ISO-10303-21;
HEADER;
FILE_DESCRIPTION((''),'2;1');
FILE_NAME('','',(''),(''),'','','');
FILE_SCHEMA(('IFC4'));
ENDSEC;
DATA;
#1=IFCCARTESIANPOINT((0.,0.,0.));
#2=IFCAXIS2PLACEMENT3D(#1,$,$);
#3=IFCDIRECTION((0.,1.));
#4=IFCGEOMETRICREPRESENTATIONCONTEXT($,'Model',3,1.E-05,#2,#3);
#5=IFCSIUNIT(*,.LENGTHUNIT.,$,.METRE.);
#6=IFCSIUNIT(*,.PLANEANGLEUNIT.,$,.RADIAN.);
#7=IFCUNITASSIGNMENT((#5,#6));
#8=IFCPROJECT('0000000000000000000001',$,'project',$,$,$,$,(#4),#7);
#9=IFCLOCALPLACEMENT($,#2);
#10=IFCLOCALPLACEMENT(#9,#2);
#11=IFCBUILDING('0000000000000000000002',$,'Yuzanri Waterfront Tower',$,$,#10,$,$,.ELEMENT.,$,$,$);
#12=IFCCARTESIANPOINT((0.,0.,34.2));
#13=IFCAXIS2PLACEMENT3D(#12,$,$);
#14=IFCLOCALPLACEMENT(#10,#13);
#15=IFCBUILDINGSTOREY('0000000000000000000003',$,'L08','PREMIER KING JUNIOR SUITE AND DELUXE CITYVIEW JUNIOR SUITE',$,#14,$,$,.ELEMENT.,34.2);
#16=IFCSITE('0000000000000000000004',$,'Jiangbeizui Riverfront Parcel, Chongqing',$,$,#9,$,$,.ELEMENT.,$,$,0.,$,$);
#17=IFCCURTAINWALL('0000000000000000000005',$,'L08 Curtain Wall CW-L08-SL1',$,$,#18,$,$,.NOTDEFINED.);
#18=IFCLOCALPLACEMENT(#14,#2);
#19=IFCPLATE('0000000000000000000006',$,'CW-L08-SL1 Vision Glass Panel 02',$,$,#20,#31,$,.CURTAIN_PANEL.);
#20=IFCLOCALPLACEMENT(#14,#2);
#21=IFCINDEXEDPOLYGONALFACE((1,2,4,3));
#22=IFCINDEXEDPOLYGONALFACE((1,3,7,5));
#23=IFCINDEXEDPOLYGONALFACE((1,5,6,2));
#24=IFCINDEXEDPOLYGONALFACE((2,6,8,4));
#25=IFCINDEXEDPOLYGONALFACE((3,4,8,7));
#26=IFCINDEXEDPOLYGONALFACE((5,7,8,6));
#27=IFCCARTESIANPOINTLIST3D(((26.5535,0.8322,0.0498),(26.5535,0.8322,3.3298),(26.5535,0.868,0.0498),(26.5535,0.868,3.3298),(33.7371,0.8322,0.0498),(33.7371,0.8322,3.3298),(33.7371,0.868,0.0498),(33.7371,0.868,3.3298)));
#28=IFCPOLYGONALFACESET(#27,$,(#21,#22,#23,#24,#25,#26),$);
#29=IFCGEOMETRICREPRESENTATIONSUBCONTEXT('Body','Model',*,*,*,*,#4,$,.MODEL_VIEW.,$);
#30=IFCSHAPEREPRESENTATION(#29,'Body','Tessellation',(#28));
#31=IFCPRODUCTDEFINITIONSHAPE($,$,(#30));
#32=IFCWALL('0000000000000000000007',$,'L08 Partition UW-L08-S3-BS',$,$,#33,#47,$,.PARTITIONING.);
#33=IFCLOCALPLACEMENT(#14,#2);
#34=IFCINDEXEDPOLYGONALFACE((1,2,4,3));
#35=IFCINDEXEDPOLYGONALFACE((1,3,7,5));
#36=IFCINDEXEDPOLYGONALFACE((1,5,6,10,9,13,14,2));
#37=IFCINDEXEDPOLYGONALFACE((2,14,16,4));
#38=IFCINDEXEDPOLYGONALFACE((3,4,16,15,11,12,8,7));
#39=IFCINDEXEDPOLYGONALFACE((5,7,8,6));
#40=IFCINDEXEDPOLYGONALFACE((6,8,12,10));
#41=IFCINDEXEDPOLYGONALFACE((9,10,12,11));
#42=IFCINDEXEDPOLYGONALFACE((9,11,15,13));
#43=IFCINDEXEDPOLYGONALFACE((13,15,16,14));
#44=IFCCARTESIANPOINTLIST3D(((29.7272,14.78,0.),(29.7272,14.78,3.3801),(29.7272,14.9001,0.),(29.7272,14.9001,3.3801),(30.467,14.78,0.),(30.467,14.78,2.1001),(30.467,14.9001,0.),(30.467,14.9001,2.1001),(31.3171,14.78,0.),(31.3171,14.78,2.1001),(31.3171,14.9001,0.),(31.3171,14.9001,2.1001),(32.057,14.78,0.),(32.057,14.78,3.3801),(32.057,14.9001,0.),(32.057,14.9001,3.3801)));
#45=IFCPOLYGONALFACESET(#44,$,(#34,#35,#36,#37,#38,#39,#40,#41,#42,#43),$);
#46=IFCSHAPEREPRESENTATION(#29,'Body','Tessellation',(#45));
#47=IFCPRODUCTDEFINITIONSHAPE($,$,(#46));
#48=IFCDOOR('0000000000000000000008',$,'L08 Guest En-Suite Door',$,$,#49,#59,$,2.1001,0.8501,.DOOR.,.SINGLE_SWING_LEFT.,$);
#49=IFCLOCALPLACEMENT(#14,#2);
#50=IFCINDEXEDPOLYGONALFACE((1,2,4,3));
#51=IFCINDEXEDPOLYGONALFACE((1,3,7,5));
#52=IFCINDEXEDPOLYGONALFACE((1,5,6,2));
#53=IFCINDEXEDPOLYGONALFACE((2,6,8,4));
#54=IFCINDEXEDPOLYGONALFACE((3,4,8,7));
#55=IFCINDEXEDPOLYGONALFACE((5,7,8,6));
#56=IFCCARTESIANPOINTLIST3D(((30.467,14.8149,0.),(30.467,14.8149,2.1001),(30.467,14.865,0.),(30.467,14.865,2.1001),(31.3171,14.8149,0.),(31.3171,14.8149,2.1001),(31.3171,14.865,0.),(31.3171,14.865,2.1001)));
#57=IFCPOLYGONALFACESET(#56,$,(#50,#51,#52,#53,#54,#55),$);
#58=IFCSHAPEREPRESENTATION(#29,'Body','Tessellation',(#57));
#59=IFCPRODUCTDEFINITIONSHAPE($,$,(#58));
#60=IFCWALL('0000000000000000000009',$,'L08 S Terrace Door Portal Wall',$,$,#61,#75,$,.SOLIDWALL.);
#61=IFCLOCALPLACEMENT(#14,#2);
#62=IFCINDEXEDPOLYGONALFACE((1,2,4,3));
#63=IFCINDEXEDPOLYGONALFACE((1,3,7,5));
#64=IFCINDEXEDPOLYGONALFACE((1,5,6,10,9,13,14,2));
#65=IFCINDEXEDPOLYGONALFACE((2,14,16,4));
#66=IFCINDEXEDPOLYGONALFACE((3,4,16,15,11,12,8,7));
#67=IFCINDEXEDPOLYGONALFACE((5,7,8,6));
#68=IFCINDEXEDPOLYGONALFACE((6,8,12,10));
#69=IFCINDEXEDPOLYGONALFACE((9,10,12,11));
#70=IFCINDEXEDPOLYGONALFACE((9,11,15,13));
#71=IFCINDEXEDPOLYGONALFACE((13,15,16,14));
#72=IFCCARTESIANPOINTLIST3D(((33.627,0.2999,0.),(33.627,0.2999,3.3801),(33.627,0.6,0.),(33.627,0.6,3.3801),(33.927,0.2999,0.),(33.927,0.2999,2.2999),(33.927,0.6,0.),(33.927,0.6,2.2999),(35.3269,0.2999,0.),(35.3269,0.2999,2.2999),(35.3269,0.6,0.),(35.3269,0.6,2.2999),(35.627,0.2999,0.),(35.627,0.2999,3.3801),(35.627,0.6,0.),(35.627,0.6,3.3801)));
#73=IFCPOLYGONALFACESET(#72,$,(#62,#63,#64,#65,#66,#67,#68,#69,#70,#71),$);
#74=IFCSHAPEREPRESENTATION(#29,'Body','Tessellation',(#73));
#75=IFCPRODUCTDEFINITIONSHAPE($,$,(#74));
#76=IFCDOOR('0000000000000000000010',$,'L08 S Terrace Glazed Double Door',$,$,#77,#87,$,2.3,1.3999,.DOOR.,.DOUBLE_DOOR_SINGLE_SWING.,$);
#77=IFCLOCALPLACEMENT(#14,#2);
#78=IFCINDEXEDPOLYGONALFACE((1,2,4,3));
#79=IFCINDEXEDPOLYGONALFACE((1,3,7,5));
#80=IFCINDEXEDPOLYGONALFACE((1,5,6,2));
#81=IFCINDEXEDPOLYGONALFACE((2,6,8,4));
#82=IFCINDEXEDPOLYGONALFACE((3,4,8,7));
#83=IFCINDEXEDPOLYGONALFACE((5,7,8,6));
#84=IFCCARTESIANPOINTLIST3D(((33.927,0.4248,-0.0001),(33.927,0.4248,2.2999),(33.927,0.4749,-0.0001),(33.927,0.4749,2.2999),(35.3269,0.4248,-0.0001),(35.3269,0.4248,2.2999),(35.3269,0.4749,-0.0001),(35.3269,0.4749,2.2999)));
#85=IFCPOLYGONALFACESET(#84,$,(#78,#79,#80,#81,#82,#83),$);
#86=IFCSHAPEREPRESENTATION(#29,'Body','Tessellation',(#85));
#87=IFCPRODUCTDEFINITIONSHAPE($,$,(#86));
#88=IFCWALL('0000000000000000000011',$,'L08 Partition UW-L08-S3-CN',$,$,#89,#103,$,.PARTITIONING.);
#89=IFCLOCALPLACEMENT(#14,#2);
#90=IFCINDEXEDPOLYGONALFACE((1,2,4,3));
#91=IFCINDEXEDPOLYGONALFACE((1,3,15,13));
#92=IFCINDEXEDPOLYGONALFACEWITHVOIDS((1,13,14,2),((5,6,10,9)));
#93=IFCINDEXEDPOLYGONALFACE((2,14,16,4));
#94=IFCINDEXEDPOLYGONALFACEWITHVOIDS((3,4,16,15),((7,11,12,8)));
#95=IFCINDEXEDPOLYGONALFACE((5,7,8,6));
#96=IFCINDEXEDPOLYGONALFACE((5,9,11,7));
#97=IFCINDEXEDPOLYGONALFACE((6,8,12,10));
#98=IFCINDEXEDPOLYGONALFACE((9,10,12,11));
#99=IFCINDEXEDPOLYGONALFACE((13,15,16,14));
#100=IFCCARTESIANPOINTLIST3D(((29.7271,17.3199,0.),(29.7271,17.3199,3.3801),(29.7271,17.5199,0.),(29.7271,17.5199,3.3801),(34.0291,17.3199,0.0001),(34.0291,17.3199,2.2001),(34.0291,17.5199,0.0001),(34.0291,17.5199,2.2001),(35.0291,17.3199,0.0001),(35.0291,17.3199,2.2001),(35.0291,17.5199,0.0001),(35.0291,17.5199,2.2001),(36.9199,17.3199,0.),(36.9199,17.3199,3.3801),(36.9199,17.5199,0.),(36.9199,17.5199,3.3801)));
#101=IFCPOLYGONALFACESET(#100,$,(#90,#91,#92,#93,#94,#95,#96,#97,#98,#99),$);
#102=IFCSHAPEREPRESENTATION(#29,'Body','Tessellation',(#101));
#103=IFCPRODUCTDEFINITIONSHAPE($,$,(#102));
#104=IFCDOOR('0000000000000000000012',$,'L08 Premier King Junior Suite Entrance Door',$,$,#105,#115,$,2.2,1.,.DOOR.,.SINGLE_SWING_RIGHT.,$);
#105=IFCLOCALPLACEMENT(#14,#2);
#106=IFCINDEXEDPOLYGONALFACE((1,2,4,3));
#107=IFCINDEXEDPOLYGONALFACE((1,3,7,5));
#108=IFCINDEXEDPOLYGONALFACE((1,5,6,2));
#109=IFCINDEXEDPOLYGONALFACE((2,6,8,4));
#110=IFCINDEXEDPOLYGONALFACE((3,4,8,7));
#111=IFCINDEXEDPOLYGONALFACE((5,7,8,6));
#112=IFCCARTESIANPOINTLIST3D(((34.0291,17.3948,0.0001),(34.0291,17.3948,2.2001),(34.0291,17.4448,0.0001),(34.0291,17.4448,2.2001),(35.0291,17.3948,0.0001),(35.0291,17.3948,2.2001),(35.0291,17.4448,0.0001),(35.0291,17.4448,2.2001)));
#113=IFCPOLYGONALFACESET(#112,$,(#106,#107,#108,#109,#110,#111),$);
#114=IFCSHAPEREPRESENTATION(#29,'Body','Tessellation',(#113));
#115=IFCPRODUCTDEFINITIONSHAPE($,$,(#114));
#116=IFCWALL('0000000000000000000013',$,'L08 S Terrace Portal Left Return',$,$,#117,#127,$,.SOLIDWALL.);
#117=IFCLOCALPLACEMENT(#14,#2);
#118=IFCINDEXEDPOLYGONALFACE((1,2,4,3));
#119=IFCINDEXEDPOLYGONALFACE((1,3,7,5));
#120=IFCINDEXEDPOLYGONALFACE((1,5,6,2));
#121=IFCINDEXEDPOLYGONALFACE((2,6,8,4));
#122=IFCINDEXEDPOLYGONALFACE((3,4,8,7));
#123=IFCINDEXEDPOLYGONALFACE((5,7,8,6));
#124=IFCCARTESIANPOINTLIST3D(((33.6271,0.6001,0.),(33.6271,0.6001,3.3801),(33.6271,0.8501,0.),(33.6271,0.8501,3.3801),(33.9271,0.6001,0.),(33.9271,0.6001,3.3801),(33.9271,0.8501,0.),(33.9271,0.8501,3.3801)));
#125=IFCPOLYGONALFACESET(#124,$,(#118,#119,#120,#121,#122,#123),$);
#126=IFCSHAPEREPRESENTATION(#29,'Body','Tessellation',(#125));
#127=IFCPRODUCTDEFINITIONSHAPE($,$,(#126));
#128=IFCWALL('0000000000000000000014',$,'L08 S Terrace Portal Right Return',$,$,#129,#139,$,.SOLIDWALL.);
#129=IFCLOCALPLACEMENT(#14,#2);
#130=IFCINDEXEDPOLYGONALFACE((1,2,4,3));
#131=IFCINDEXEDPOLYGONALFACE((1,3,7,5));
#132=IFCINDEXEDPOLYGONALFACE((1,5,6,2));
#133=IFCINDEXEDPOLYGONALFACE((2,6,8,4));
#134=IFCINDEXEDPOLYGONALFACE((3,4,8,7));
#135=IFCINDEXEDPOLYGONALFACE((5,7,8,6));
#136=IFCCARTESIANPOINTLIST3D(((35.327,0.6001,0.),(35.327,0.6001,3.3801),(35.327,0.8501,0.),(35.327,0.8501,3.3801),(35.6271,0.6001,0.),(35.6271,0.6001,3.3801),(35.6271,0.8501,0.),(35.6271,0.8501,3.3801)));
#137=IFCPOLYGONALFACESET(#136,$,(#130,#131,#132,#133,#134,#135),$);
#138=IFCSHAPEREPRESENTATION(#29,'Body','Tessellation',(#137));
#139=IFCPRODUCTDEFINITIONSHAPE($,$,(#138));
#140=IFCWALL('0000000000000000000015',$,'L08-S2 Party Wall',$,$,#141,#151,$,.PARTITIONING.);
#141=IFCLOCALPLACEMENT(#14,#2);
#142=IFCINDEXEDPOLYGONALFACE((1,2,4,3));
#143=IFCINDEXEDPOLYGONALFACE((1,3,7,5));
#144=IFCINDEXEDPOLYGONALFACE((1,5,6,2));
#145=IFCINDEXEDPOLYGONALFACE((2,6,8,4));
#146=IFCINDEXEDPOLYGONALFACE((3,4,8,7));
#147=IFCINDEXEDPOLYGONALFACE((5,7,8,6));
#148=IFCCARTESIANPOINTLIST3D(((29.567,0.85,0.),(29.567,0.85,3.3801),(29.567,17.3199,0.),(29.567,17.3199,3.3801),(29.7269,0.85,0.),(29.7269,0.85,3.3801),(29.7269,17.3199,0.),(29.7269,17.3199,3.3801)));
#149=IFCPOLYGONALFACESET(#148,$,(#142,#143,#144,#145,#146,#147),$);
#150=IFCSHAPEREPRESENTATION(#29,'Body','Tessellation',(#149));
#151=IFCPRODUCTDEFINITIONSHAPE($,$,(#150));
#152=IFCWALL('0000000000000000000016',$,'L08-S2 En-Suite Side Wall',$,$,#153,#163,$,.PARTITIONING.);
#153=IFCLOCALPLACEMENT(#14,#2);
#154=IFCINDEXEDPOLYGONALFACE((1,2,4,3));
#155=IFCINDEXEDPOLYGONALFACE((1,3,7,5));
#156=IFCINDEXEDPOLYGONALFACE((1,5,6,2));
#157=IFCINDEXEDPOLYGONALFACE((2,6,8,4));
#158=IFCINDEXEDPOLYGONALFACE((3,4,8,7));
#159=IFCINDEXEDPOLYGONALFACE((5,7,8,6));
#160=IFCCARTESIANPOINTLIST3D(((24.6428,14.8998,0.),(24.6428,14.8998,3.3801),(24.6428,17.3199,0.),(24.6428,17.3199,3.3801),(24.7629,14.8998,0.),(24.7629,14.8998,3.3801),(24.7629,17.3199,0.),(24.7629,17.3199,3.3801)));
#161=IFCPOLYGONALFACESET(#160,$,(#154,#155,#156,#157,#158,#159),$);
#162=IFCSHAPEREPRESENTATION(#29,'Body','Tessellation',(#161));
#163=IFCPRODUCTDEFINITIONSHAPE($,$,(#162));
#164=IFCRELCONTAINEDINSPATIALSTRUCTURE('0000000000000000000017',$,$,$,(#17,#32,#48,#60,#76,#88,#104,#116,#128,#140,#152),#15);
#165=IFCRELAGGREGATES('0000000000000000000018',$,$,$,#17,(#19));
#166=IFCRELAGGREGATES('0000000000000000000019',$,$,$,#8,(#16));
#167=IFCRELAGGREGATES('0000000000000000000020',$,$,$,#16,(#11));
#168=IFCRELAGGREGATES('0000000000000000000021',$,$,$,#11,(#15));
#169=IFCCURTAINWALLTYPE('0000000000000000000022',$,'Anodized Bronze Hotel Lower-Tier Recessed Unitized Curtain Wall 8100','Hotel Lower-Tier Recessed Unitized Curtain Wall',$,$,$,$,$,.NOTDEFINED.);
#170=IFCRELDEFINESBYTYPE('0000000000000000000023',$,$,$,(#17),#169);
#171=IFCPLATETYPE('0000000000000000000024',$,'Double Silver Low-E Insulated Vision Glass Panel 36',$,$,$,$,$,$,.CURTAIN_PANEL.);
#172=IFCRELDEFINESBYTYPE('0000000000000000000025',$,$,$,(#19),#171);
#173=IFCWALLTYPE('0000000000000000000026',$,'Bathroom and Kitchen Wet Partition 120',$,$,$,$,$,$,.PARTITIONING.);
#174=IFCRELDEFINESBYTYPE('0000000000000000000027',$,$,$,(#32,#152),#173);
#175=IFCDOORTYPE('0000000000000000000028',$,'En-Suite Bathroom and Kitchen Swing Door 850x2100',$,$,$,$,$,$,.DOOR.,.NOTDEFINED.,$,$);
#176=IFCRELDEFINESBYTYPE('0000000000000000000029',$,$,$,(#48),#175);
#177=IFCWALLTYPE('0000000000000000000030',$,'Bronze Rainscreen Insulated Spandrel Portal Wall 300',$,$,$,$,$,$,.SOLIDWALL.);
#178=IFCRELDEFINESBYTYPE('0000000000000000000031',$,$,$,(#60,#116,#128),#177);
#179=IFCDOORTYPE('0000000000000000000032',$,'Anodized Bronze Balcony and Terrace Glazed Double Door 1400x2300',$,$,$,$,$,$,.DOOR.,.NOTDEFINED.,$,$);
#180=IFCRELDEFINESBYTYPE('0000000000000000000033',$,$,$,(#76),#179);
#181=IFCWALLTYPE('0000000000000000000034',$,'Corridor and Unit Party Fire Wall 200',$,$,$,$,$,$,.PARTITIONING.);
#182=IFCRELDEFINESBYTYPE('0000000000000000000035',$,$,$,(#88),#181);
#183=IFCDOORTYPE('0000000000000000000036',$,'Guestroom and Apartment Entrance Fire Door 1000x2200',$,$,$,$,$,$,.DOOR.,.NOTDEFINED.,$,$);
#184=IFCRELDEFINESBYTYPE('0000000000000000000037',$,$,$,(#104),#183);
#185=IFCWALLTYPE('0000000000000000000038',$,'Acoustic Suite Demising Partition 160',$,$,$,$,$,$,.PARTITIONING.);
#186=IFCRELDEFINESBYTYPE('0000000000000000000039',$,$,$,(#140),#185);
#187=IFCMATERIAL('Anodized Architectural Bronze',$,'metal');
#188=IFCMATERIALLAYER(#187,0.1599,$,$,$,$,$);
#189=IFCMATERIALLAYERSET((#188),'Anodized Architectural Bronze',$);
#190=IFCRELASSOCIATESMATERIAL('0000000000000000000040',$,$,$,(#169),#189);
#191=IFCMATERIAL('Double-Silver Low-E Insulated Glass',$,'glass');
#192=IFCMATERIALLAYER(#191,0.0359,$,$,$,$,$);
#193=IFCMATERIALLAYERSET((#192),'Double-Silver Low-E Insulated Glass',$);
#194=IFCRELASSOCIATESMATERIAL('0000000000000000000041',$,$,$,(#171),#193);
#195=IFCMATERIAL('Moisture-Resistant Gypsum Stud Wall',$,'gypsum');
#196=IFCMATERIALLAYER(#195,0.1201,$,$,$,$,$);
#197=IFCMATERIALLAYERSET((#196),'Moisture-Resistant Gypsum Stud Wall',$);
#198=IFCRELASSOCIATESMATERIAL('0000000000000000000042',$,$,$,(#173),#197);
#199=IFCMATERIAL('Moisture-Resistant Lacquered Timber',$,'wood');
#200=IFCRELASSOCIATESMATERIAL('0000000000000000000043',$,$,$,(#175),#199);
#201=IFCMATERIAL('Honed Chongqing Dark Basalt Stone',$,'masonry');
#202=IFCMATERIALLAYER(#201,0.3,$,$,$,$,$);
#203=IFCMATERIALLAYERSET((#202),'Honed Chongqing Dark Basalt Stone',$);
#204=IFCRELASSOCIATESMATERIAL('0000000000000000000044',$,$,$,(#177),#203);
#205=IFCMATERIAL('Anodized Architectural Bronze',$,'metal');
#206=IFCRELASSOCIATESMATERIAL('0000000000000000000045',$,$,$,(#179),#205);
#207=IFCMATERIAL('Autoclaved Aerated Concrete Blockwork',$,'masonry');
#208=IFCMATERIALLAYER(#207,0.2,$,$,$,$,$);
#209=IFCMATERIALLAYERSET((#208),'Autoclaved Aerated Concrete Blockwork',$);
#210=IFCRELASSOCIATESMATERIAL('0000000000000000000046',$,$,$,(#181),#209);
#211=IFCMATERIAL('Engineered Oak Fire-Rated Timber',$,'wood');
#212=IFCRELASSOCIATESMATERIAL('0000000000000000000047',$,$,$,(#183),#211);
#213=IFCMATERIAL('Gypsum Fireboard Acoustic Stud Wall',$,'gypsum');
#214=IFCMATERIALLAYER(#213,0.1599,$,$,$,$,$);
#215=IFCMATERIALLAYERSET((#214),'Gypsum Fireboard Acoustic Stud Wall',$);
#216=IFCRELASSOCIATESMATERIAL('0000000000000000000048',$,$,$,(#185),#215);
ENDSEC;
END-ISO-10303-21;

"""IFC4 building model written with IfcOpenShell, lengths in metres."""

from ifc_helpers import new_model, si_unit, direction, frame, frame_2d, origin, origin_2d, place, context, subcontext, project, spatial, rectangle, extrude, source, transform, mapped, material, layer, layer_set, type_object, element, fill, aggregate, save


model = new_model("IFC4")

# Units and contexts
model_context = context("Model", 3, precision=1e-05, world=origin(), true_north=direction((0.0, 1.0)))
body_context = subcontext(model_context, "Body", "Model", "MODEL_VIEW")
ifc_project = project(units=[si_unit("LENGTHUNIT", "METRE"), si_unit("PLANEANGLEUNIT", "RADIAN")], contexts=[model_context])

# Site, building, storey
site_placement = place(None, origin())
site = spatial("IfcSite", under=ifc_project, at=site_placement, Name="Jiangbeizui Riverfront Parcel, Chongqing", CompositionType="ELEMENT", RefElevation=0.0)
building_placement = place(site_placement, origin())
building = spatial("IfcBuilding", under=site, at=building_placement, Name="Yuzanri Waterfront Tower", CompositionType="ELEMENT")
storey_placement = place(building_placement, frame((0.0, 0.0, 34.2)))
storey = spatial("IfcBuildingStorey", under=building, at=storey_placement, Name="L08", Description="PREMIER KING JUNIOR SUITE AND DELUXE CITYVIEW JUNIOR SUITE", CompositionType="ELEMENT", Elevation=34.2)

# Curtain wall
ifc_material_1 = material(Name="Anodized Architectural Bronze", Category="metal")
ifc_layer_1 = layer(ifc_material_1, 0.1599)
ifc_layer_set_1 = layer_set([ifc_layer_1], Name="Anodized Architectural Bronze")
curtain_wall_type = type_object("IfcCurtainWallType", Name="Anodized Bronze Hotel Lower-Tier Recessed Unitized Curtain Wall 8100", Description="Hotel Lower-Tier Recessed Unitized Curtain Wall", PredefinedType="NOTDEFINED", material=ifc_layer_set_1)
curtain_wall_1_placement = place(storey_placement, origin())
curtain_wall_1 = element("IfcCurtainWall", 1, at=curtain_wall_1_placement, inside=storey, type_object=curtain_wall_type, Name="L08 Curtain Wall CW-L08-SL1", PredefinedType="NOTDEFINED")

# Plate
ifc_material_2 = material(Name="Double-Silver Low-E Insulated Glass", Category="glass")
ifc_layer_2 = layer(ifc_material_2, 0.0359)
ifc_layer_set_2 = layer_set([ifc_layer_2], Name="Double-Silver Low-E Insulated Glass")
plate_type = type_object("IfcPlateType", Name="Double Silver Low-E Insulated Vision Glass Panel 36", PredefinedType="CURTAIN_PANEL", material=ifc_layer_set_2)
shared_shape_1 = source(origin(), body_context, "Body", "SweptSolid", [
    extrude(rectangle(XDim=7.1836, YDim=0.0359, at=origin_2d()), origin(), (0.0, 0.0, 1.0), 3.28),
])
plate_placement = place(storey_placement, frame((30.1453, 0.8501, 0.0498), z_axis=(0.0, 0.0, 1.0), x_axis=(1.0, 0.0, 0.0)))
plate = element("IfcPlate", 2, at=plate_placement, type_object=plate_type, Name="CW-L08-SL1 Vision Glass Panel 02", PredefinedType="CURTAIN_PANEL", context=body_context, shape_type="MappedRepresentation", body=[
    mapped(shared_shape_1, transform((0.0, 0.0, 0.0), scale=1.0)),
])
aggregate(curtain_wall_1, [plate])

# Walls, openings, doors
ifc_material_3 = material(Name="Moisture-Resistant Gypsum Stud Wall", Category="gypsum")
ifc_layer_3 = layer(ifc_material_3, 0.1201)
ifc_layer_set_3 = layer_set([ifc_layer_3], Name="Moisture-Resistant Gypsum Stud Wall")
wall_type_1 = type_object("IfcWallType", Name="Bathroom and Kitchen Wet Partition 120", PredefinedType="PARTITIONING", material=ifc_layer_set_3)
wall_1_placement = place(storey_placement, frame((29.7271, 14.8401, 0.0), z_axis=(0.0, 0.0, 1.0), x_axis=(1.0, 0.0, 0.0)))
wall_1 = element("IfcWall", 3, at=wall_1_placement, inside=storey, type_object=wall_type_1, Name="L08 Partition UW-L08-S3-BS", PredefinedType="PARTITIONING", context=body_context, shape_type="SweptSolid", body=[
    extrude(rectangle(XDim=2.3298, YDim=0.1201, at=frame_2d((1.165, 0.0))), origin(), (0.0, 0.0, 1.0), 3.3801),
])
opening_1_placement = place(wall_1_placement, frame((0.74, 0.0, 0.0)))
opening_1 = element("IfcOpeningElement", 4, at=opening_1_placement, cuts=wall_1, PredefinedType="OPENING", context=body_context, shape_type="SweptSolid", body=[
    extrude(rectangle(XDim=0.8501, YDim=2.1001, at=frame_2d((0.425, 1.05))), frame((0.0, 0.075, 0.0), z_axis=(0.0, -1.0, 0.0), x_axis=(1.0, 0.0, 0.0)), (0.0, 0.0, 1.0), 0.1499),
])
ifc_material_4 = material(Name="Moisture-Resistant Lacquered Timber", Category="wood")
door_type_1 = type_object("IfcDoorType", Name="En-Suite Bathroom and Kitchen Swing Door 850x2100", OperationType="NOTDEFINED", PredefinedType="DOOR", material=ifc_material_4)
shared_shape_2 = source(origin(), body_context, "Body", "SweptSolid", [
    extrude(rectangle(XDim=0.8501, YDim=2.1001, at=frame_2d((0.425, 1.05))), frame((0.0, 0.0249, 0.0), z_axis=(0.0, -1.0, 0.0), x_axis=(1.0, 0.0, 0.0)), (0.0, 0.0, 1.0), 0.05),
])
door_1_placement = place(opening_1_placement, origin())
door_1 = element("IfcDoor", 5, at=door_1_placement, inside=storey, type_object=door_type_1, Name="L08 Guest En-Suite Door", OperationType="SINGLE_SWING_LEFT", OverallHeight=2.1001, OverallWidth=0.8501, PredefinedType="DOOR", context=body_context, shape_type="MappedRepresentation", body=[
    mapped(shared_shape_2, transform((0.0, 0.0, 0.0), scale=1.0)),
])
fill(opening_1, door_1)
ifc_material_5 = material(Name="Honed Chongqing Dark Basalt Stone", Category="masonry")
ifc_layer_4 = layer(ifc_material_5, 0.3)
ifc_layer_set_4 = layer_set([ifc_layer_4], Name="Honed Chongqing Dark Basalt Stone")
wall_type_2 = type_object("IfcWallType", Name="Bronze Rainscreen Insulated Spandrel Portal Wall 300", PredefinedType="SOLIDWALL", material=ifc_layer_set_4)
wall_2_placement = place(storey_placement, frame((33.627, 0.45, 0.0), z_axis=(0.0, 0.0, 1.0), x_axis=(1.0, 0.0, 0.0)))
wall_2 = element("IfcWall", 6, at=wall_2_placement, inside=storey, type_object=wall_type_2, Name="L08 S Terrace Door Portal Wall", PredefinedType="SOLIDWALL", context=body_context, shape_type="SweptSolid", body=[
    extrude(rectangle(XDim=2.0, YDim=0.3, at=frame_2d((1.0, 0.0))), origin(), (0.0, 0.0, 1.0), 3.3801),
])
opening_2_placement = place(wall_2_placement, frame((0.3, 0.0, 0.0)))
opening_2 = element("IfcOpeningElement", 7, at=opening_2_placement, cuts=wall_2, PredefinedType="OPENING", context=body_context, shape_type="SweptSolid", body=[
    extrude(rectangle(XDim=1.3999, YDim=2.3, at=frame_2d((0.7, 1.1499))), frame((0.0, 0.165, 0.0), z_axis=(0.0, -1.0, 0.0), x_axis=(1.0, 0.0, 0.0)), (0.0, 0.0, 1.0), 0.3298),
])
ifc_material_6 = material(Name="Anodized Architectural Bronze", Category="metal")
door_type_2 = type_object("IfcDoorType", Name="Anodized Bronze Balcony and Terrace Glazed Double Door 1400x2300", OperationType="NOTDEFINED", PredefinedType="DOOR", material=ifc_material_6)
shared_shape_3 = source(origin(), body_context, "Body", "SweptSolid", [
    extrude(rectangle(XDim=1.3999, YDim=2.3, at=frame_2d((0.7, 1.1499))), frame((0.0, 0.0249, 0.0), z_axis=(0.0, -1.0, 0.0), x_axis=(1.0, 0.0, 0.0)), (0.0, 0.0, 1.0), 0.05),
])
door_2_placement = place(opening_2_placement, origin())
door_2 = element("IfcDoor", 8, at=door_2_placement, inside=storey, type_object=door_type_2, Name="L08 S Terrace Glazed Double Door", OperationType="DOUBLE_DOOR_SINGLE_SWING", OverallHeight=2.3, OverallWidth=1.3999, PredefinedType="DOOR", context=body_context, shape_type="MappedRepresentation", body=[
    mapped(shared_shape_3, transform((0.0, 0.0, 0.0), scale=1.0)),
])
fill(opening_2, door_2)
ifc_material_7 = material(Name="Autoclaved Aerated Concrete Blockwork", Category="masonry")
ifc_layer_5 = layer(ifc_material_7, 0.2)
ifc_layer_set_5 = layer_set([ifc_layer_5], Name="Autoclaved Aerated Concrete Blockwork")
wall_type_3 = type_object("IfcWallType", Name="Corridor and Unit Party Fire Wall 200", PredefinedType="PARTITIONING", material=ifc_layer_set_5)
wall_3_placement = place(storey_placement, frame((29.7271, 17.4199, 0.0), z_axis=(0.0, 0.0, 1.0), x_axis=(1.0, 0.0, 0.0)))
wall_3 = element("IfcWall", 9, at=wall_3_placement, inside=storey, type_object=wall_type_3, Name="L08 Partition UW-L08-S3-CN", PredefinedType="PARTITIONING", context=body_context, shape_type="SweptSolid", body=[
    extrude(rectangle(XDim=7.1929, YDim=0.2, at=frame_2d((3.5964, 0.0))), origin(), (0.0, 0.0, 1.0), 3.3801),
])
opening_3_placement = place(wall_3_placement, frame((4.302, 0.0, 0.0)))
opening_3 = element("IfcOpeningElement", 10, at=opening_3_placement, cuts=wall_3, PredefinedType="OPENING", context=body_context, shape_type="SweptSolid", body=[
    extrude(rectangle(XDim=1.0, YDim=2.2, at=frame_2d((0.5, 1.1001))), frame((0.0, 0.1147, 0.0), z_axis=(0.0, -1.0, 0.0), x_axis=(1.0, 0.0, 0.0)), (0.0, 0.0, 1.0), 0.2297),
])
ifc_material_8 = material(Name="Engineered Oak Fire-Rated Timber", Category="wood")
door_type_3 = type_object("IfcDoorType", Name="Guestroom and Apartment Entrance Fire Door 1000x2200", OperationType="NOTDEFINED", PredefinedType="DOOR", material=ifc_material_8)
shared_shape_4 = source(origin(), body_context, "Body", "SweptSolid", [
    extrude(rectangle(XDim=1.0, YDim=2.2, at=frame_2d((0.5, 1.1001))), frame((0.0, 0.0249, 0.0), z_axis=(0.0, -1.0, 0.0), x_axis=(1.0, 0.0, 0.0)), (0.0, 0.0, 1.0), 0.05),
])
door_3_placement = place(opening_3_placement, origin())
door_3 = element("IfcDoor", 11, at=door_3_placement, inside=storey, type_object=door_type_3, Name="L08 Premier King Junior Suite Entrance Door", OperationType="SINGLE_SWING_RIGHT", OverallHeight=2.2, OverallWidth=1.0, PredefinedType="DOOR", context=body_context, shape_type="MappedRepresentation", body=[
    mapped(shared_shape_4, transform((0.0, 0.0, 0.0), scale=1.0)),
])
fill(opening_3, door_3)

# Walls
shared_shape_5 = source(origin(), body_context, "Body", "SweptSolid", [
    extrude(rectangle(XDim=0.25, YDim=0.3, at=frame_2d((0.125, 0.0))), origin(), (0.0, 0.0, 1.0), 3.3801),
])
for number, where, z_axis, x_axis, name in (
    (12, (33.7771, 0.8501, 0.0), (0.0, 0.0, 1.0), (0.0, -1.0, 0.0), "L08 S Terrace Portal Left Return"),
    (13, (35.4771, 0.6001, 0.0), (0.0, 0.0, 1.0), (0.0, 1.0, 0.0), "L08 S Terrace Portal Right Return"),
):
    element("IfcWall", number, at=place(storey_placement, frame(where, z_axis=z_axis, x_axis=x_axis)), inside=storey, type_object=wall_type_2, Name=name, PredefinedType="SOLIDWALL", context=body_context, shape_type="MappedRepresentation", body=[
        mapped(shared_shape_5, transform((0.0, 0.0, 0.0), scale=1.0)),
    ])
ifc_material_9 = material(Name="Gypsum Fireboard Acoustic Stud Wall", Category="gypsum")
ifc_layer_6 = layer(ifc_material_9, 0.1599)
ifc_layer_set_6 = layer_set([ifc_layer_6], Name="Gypsum Fireboard Acoustic Stud Wall")
wall_type_4 = type_object("IfcWallType", Name="Acoustic Suite Demising Partition 160", PredefinedType="PARTITIONING", material=ifc_layer_set_6)
shared_shape_6 = source(origin(), body_context, "Body", "SweptSolid", [
    extrude(rectangle(XDim=16.47, YDim=0.1599, at=frame_2d((8.2349, 0.0))), origin(), (0.0, 0.0, 1.0), 3.3801),
])
wall_4_placement = place(storey_placement, frame((29.647, 0.8501, 0.0), z_axis=(0.0, 0.0, 1.0), x_axis=(0.0, 1.0, 0.0)))
element("IfcWall", 14, at=wall_4_placement, inside=storey, type_object=wall_type_4, Name="L08-S2 Party Wall", PredefinedType="PARTITIONING", context=body_context, shape_type="MappedRepresentation", body=[
    mapped(shared_shape_6, transform((0.0, 0.0, 0.0), scale=1.0)),
])
shared_shape_7 = source(origin(), body_context, "Body", "SweptSolid", [
    extrude(rectangle(XDim=2.4202, YDim=0.1201, at=frame_2d((1.21, 0.0))), origin(), (0.0, 0.0, 1.0), 3.3801),
])
for number, where, z_axis, x_axis, name in (
    (15, (24.7029, 14.8999, 0.0), (0.0, 0.0, 1.0), (0.0, 1.0, 0.0), "L08-S2 En-Suite Side Wall"),
):
    element("IfcWall", number, at=place(storey_placement, frame(where, z_axis=z_axis, x_axis=x_axis)), inside=storey, type_object=wall_type_1, Name=name, PredefinedType="PARTITIONING", context=body_context, shape_type="MappedRepresentation", body=[
        mapped(shared_shape_7, transform((0.0, 0.0, 0.0), scale=1.0)),
    ])

save(model, "model.ifc")
